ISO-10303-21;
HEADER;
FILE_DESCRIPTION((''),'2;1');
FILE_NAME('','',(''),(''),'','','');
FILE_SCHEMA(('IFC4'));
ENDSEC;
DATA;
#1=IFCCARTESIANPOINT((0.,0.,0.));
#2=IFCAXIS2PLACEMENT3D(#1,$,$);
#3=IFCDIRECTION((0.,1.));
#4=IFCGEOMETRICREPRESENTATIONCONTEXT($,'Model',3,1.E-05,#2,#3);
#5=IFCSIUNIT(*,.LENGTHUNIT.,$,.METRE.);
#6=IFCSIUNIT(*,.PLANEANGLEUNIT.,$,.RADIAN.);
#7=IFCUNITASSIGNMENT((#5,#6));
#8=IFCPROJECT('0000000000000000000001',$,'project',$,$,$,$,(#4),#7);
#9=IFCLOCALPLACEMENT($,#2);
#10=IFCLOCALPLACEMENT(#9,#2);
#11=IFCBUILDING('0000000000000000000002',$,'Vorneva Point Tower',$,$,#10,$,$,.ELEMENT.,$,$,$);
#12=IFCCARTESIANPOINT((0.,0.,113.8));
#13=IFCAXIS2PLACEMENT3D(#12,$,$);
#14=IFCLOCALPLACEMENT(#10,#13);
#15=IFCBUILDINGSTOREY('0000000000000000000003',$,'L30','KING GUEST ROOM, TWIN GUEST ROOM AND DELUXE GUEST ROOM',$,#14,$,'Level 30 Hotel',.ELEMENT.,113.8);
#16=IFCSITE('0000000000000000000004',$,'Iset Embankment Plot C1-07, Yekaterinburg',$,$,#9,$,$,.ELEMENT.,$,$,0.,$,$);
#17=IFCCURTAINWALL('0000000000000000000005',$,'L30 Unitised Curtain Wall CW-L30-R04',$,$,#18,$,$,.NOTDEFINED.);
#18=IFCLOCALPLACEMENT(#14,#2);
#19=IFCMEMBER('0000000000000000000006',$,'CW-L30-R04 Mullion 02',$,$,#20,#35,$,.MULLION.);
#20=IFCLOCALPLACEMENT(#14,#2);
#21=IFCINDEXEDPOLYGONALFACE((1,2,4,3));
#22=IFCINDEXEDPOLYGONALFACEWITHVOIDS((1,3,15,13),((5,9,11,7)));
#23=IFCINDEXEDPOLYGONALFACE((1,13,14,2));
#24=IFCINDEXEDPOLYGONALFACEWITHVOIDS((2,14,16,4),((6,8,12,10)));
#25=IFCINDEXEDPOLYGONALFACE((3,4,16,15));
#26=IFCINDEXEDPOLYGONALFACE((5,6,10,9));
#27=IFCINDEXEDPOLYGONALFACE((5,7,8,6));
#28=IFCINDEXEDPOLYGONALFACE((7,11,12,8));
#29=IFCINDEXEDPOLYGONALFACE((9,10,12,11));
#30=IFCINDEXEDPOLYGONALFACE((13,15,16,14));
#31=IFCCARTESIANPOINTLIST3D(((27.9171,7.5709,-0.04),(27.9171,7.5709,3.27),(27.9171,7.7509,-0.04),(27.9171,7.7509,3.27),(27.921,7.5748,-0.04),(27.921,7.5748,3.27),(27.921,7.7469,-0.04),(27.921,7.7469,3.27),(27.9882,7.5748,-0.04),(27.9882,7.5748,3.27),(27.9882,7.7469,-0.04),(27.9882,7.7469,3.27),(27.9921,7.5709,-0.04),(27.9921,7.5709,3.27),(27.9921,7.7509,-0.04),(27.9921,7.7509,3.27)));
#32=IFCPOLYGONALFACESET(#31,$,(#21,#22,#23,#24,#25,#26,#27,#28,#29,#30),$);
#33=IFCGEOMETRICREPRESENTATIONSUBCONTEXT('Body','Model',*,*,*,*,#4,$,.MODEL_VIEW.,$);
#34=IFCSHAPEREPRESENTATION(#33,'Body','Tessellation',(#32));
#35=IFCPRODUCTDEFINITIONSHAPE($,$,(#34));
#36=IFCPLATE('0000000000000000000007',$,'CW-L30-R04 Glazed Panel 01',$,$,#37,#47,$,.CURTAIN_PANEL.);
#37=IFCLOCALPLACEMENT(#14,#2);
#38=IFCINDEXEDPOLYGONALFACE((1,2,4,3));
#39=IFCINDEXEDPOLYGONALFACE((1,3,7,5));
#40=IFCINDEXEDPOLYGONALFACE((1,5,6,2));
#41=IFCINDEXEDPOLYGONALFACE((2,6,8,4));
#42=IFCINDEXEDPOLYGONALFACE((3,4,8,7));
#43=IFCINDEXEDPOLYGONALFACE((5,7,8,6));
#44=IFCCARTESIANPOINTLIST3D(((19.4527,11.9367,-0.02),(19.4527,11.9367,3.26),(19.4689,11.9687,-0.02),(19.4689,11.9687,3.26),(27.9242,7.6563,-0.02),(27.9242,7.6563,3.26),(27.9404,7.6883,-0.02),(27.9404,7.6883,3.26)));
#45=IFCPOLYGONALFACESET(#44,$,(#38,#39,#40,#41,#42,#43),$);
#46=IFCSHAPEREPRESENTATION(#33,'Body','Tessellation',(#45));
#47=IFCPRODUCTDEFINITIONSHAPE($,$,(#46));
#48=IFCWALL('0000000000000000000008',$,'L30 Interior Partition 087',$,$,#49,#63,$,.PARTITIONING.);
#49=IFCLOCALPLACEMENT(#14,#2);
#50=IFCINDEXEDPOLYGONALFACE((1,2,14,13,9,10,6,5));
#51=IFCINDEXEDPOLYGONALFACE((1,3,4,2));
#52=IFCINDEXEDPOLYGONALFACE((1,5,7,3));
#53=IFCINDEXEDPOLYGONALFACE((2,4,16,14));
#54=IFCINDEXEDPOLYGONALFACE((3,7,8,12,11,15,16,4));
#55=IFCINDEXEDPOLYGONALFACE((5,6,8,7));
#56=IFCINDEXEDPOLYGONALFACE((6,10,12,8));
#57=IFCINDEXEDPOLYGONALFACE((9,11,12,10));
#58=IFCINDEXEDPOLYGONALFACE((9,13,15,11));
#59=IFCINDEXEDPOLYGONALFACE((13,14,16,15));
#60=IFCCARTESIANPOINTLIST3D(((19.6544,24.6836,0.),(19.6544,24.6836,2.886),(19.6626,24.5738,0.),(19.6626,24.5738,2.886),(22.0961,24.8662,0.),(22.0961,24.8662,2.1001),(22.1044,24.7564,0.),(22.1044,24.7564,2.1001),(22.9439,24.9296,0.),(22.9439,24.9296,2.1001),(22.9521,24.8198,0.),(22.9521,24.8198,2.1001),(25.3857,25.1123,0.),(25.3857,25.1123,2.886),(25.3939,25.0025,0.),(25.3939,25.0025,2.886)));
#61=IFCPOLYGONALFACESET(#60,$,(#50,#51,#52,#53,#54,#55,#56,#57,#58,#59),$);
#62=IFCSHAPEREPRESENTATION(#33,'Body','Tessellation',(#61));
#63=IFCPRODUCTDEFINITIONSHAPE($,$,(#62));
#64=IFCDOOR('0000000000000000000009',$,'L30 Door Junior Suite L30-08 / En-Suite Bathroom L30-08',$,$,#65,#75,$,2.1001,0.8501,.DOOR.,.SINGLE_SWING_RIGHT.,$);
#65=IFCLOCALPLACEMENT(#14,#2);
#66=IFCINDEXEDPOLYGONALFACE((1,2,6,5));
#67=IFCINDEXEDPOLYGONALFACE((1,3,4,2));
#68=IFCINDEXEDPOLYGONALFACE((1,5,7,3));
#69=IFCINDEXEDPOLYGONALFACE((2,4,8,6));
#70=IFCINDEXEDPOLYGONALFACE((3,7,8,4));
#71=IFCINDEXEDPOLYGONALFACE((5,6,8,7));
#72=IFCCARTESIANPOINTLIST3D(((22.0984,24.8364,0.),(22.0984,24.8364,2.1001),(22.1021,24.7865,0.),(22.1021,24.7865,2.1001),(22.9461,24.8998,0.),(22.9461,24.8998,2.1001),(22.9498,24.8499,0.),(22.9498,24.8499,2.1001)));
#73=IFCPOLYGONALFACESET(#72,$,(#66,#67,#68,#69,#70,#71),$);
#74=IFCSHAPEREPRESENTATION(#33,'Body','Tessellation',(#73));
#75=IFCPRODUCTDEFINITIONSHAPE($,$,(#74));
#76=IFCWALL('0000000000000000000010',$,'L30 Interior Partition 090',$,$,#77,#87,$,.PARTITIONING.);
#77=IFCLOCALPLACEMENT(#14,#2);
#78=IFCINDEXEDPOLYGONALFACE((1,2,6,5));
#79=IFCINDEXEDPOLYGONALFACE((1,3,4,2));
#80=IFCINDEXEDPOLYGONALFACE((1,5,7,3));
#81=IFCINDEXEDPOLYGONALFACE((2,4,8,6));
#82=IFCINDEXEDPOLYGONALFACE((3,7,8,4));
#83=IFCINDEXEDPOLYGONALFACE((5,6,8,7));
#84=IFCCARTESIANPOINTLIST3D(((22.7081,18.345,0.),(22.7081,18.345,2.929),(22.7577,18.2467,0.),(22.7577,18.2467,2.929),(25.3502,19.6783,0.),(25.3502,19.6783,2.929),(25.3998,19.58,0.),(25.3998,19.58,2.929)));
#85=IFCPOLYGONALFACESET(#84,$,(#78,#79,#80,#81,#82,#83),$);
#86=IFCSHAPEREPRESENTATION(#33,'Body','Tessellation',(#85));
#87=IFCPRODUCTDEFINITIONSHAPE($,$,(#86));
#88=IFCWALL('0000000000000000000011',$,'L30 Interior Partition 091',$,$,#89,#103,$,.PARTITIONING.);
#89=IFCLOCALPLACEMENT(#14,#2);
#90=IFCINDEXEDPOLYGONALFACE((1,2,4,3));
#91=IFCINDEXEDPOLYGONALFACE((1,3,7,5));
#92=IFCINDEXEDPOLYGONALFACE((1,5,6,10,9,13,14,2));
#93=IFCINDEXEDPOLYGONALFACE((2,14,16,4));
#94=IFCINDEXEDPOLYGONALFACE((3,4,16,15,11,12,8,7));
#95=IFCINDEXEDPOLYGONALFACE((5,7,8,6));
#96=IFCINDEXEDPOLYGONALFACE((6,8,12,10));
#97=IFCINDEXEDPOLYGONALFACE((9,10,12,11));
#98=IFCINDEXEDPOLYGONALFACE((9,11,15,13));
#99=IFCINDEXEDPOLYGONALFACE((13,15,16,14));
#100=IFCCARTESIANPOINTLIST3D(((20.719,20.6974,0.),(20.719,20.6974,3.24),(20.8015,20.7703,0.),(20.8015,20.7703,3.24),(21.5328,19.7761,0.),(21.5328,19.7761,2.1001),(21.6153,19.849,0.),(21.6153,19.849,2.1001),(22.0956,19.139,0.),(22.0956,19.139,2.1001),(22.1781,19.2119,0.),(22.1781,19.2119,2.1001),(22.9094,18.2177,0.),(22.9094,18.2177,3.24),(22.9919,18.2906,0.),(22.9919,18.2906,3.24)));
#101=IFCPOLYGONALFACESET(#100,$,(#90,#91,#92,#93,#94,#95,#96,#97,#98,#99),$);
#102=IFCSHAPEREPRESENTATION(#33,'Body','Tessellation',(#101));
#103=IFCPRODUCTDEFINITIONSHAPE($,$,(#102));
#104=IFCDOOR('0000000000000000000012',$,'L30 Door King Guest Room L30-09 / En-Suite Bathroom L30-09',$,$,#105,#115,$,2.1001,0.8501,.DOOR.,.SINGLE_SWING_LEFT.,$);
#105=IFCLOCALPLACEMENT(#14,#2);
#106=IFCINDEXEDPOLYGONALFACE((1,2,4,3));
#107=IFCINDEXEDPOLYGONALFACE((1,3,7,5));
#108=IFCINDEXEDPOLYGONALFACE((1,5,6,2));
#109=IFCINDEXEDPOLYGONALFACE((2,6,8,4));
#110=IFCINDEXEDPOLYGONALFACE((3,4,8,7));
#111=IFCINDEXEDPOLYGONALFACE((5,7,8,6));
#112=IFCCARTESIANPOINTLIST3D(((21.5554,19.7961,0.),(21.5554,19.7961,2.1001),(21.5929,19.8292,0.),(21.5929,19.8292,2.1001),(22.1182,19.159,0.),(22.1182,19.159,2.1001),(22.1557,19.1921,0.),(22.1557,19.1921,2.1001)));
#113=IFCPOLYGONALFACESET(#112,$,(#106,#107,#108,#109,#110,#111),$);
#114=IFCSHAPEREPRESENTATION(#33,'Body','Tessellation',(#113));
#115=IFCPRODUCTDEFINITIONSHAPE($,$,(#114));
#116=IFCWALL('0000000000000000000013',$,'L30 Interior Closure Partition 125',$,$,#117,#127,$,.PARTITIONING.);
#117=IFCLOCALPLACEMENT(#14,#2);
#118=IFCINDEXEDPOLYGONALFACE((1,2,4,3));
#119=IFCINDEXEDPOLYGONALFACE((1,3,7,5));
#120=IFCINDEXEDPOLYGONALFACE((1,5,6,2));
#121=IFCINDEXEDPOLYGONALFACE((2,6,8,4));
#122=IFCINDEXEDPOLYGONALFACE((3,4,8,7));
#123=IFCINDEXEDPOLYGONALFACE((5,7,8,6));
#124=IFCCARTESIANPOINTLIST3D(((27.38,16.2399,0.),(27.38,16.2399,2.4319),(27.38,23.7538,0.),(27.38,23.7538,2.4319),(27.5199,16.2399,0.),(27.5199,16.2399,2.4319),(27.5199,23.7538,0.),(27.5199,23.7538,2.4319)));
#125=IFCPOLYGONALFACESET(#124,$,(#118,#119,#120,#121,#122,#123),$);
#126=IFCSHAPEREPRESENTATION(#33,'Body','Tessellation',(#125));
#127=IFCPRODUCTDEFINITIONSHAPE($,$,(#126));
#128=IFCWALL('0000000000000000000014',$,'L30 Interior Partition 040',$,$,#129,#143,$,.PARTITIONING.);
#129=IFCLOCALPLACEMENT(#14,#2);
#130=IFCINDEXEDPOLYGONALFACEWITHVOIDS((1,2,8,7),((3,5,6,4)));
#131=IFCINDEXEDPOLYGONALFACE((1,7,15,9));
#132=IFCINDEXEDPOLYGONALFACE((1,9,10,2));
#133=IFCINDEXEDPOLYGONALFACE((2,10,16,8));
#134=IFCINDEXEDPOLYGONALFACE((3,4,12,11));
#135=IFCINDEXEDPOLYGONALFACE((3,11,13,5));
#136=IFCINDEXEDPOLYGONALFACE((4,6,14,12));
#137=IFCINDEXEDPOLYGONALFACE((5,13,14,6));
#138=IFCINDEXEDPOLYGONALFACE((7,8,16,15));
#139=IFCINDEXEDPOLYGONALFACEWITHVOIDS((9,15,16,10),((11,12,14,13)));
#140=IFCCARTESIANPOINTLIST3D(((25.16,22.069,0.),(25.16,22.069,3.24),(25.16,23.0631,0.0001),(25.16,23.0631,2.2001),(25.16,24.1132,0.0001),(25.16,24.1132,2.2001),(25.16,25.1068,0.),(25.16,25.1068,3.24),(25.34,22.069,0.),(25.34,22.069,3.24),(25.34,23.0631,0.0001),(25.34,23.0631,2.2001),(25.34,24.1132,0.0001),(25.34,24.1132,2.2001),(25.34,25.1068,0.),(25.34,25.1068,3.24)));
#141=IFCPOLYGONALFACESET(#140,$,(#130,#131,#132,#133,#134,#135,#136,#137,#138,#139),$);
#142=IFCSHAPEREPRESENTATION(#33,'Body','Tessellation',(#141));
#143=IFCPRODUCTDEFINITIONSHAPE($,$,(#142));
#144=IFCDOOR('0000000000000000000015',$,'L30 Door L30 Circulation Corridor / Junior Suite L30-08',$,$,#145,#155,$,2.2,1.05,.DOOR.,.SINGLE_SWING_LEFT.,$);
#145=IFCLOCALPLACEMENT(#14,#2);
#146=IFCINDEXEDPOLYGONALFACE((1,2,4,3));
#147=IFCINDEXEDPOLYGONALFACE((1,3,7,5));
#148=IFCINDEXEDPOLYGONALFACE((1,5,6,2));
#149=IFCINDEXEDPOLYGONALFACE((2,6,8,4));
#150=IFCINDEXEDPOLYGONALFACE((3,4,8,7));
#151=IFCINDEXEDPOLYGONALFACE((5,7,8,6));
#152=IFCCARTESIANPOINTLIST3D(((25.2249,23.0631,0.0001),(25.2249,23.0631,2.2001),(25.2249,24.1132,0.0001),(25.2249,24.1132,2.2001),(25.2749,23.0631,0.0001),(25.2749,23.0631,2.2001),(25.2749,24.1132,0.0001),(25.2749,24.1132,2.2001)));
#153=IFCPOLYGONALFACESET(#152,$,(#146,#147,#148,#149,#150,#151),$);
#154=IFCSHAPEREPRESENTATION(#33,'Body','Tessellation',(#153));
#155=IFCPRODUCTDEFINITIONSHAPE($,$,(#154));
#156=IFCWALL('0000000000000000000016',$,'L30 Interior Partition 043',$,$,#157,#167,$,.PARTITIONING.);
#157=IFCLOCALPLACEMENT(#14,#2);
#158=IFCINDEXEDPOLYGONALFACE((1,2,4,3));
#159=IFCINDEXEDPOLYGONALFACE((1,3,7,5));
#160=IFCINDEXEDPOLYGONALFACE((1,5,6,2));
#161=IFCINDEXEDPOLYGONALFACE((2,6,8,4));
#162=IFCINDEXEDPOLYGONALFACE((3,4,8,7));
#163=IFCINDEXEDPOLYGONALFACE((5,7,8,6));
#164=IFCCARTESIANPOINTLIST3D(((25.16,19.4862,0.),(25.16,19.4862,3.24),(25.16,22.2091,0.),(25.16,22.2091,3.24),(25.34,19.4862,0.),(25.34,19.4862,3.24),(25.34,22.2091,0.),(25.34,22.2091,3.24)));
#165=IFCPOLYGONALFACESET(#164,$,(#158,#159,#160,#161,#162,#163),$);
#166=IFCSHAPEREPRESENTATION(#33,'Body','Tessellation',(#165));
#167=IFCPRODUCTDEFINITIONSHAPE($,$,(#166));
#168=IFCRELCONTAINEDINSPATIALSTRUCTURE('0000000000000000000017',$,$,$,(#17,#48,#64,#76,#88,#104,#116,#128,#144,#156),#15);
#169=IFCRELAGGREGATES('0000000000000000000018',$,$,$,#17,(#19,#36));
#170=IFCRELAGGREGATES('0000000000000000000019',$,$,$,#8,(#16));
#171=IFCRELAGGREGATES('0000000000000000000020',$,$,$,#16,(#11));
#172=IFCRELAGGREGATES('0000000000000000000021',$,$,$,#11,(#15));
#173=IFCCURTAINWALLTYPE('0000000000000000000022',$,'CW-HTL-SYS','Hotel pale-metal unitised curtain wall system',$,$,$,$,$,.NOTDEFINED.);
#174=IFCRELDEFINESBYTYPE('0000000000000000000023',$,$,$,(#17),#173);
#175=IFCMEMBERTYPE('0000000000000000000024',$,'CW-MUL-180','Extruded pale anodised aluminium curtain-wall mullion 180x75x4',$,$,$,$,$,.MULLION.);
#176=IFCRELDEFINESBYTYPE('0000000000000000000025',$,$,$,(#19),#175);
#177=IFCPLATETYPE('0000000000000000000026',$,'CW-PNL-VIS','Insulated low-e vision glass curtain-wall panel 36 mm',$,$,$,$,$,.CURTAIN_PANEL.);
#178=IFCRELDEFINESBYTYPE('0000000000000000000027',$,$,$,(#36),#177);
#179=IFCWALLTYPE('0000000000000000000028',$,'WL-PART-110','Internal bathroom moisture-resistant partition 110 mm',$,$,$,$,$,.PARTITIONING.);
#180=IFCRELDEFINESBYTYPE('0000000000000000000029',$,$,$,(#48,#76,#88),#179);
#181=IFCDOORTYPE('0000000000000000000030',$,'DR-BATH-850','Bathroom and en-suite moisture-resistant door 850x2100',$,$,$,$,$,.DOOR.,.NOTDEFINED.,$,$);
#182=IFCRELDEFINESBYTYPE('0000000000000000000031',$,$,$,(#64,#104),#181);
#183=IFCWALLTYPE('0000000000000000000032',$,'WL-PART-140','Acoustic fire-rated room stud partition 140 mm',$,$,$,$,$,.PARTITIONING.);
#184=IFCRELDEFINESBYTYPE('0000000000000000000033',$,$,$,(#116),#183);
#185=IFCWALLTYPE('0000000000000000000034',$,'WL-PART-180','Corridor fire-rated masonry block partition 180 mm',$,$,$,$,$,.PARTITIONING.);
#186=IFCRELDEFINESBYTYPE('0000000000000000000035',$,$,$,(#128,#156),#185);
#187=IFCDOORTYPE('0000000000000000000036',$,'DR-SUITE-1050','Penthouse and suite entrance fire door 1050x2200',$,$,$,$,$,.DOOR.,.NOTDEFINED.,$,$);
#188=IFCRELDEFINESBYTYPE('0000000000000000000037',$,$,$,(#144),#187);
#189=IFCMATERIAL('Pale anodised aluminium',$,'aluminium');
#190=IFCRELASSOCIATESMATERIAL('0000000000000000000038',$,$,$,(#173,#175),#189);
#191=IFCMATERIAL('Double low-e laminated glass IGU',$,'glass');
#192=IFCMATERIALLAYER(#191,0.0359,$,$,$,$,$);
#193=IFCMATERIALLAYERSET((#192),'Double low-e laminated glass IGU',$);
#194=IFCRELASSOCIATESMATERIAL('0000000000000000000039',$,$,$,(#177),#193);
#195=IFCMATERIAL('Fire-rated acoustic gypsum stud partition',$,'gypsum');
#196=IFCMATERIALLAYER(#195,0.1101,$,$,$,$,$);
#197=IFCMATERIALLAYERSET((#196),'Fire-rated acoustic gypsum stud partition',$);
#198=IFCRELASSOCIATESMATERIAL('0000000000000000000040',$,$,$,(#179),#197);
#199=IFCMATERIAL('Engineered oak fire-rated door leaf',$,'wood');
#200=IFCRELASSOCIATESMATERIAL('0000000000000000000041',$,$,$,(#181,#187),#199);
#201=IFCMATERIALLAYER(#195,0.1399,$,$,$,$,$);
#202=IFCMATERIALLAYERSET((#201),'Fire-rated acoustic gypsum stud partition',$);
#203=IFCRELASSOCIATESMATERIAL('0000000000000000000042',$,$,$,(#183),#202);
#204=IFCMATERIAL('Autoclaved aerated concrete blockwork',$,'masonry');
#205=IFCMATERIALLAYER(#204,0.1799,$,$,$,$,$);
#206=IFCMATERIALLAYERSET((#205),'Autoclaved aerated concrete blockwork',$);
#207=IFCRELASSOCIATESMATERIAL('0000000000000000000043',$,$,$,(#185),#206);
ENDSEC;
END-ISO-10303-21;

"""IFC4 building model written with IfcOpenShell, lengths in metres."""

from ifc_helpers import new_model, si_unit, direction, frame, frame_2d, origin, origin_2d, place, context, subcontext, project, spatial, rectangle, hollow_rectangle, extrude, material, layer, layer_set, material_profile, profile_set, type_object, element, fill, aggregate, save


model = new_model("IFC4")

# Units and contexts
model_context = context("Model", 3, precision=1e-05, world=origin(), true_north=direction((0.0, 1.0)))
body_context = subcontext(model_context, "Body", "Model", "MODEL_VIEW")
ifc_project = project(units=[si_unit("LENGTHUNIT", "METRE"), si_unit("PLANEANGLEUNIT", "RADIAN")], contexts=[model_context])

# Site, building, storey
site_placement = place(None, origin())
site = spatial("IfcSite", under=ifc_project, at=site_placement, Name="Iset Embankment Plot C1-07, Yekaterinburg", CompositionType="ELEMENT", RefElevation=0.0)
building_placement = place(site_placement, origin())
building = spatial("IfcBuilding", under=site, at=building_placement, Name="Vorneva Point Tower", CompositionType="ELEMENT")
storey_placement = place(building_placement, frame((0.0, 0.0, 113.8)))
storey = spatial("IfcBuildingStorey", under=building, at=storey_placement, Name="L30", Description="KING GUEST ROOM, TWIN GUEST ROOM AND DELUXE GUEST ROOM", LongName="Level 30 Hotel", CompositionType="ELEMENT", Elevation=113.8)

# Curtain wall, member, plate
ifc_material_1 = material(Name="Pale anodised aluminium", Category="aluminium")
curtain_wall_type = type_object("IfcCurtainWallType", Name="CW-HTL-SYS", Description="Hotel pale-metal unitised curtain wall system", PredefinedType="NOTDEFINED", material=ifc_material_1)
curtain_wall_placement = place(storey_placement, origin())
curtain_wall = element("IfcCurtainWall", 1, at=curtain_wall_placement, inside=storey, type_object=curtain_wall_type, Name="L30 Unitised Curtain Wall CW-L30-R04", PredefinedType="NOTDEFINED")
ifc_material_profile_1 = material_profile(ifc_material_1, hollow_rectangle(XDim=0.075, YDim=0.1799, WallThickness=0.0039, at=origin_2d()), Name="AL-MUL 180x75x4")
ifc_profile_set_1 = profile_set([ifc_material_profile_1], Name="Pale anodised aluminium")
member_type = type_object("IfcMemberType", Name="CW-MUL-180", Description="Extruded pale anodised aluminium curtain-wall mullion 180x75x4", PredefinedType="MULLION", material=ifc_profile_set_1)
member_placement = place(storey_placement, frame((27.9546, 7.6609, -0.04), z_axis=(0.0, 0.0, 1.0), x_axis=(1.0, 0.0, 0.0)))
member = element("IfcMember", 2, at=member_placement, type_object=member_type, Name="CW-L30-R04 Mullion 02", PredefinedType="MULLION", context=body_context, shape_type="SweptSolid", body=[
    extrude(hollow_rectangle(XDim=0.075, YDim=0.1799, WallThickness=0.0039, at=origin_2d()), origin(), (0.0, 0.0, 1.0), 3.3101),
])
ifc_material_2 = material(Name="Double low-e laminated glass IGU", Category="glass")
ifc_layer_1 = layer(ifc_material_2, 0.0359)
ifc_layer_set_1 = layer_set([ifc_layer_1], Name="Double low-e laminated glass IGU")
plate_type = type_object("IfcPlateType", Name="CW-PNL-VIS", Description="Insulated low-e vision glass curtain-wall panel 36 mm", PredefinedType="CURTAIN_PANEL", material=ifc_layer_set_1)
plate_placement = place(storey_placement, frame((23.6965, 9.8125, -0.02), z_axis=(0.0, 0.0, 1.0), x_axis=(0.892539, -0.450971, 0.0)))
plate = element("IfcPlate", 3, at=plate_placement, type_object=plate_type, Name="CW-L30-R04 Glazed Panel 01", PredefinedType="CURTAIN_PANEL", context=body_context, shape_type="SweptSolid", body=[
    extrude(rectangle(XDim=9.4915, YDim=0.0359, at=origin_2d()), origin(), (0.0, 0.0, 1.0), 3.28),
])
aggregate(curtain_wall, [member, plate])

# Wall, opening, door
ifc_material_3 = material(Name="Fire-rated acoustic gypsum stud partition", Category="gypsum")
ifc_layer_2 = layer(ifc_material_3, 0.1101)
ifc_layer_set_2 = layer_set([ifc_layer_2], Name="Fire-rated acoustic gypsum stud partition")
wall_type_1 = type_object("IfcWallType", Name="WL-PART-110", Description="Internal bathroom moisture-resistant partition 110 mm", PredefinedType="PARTITIONING", material=ifc_layer_set_2)
wall_1_placement = place(storey_placement, frame((25.3896, 25.0574, 0.0), z_axis=(0.0, 0.0, 1.0), x_axis=(-0.997214, -0.074595, 0.0)))
wall_1 = element("IfcWall", 4, at=wall_1_placement, inside=storey, type_object=wall_type_1, Name="L30 Interior Partition 087", PredefinedType="PARTITIONING", context=body_context, shape_type="SweptSolid", body=[
    extrude(rectangle(XDim=5.7473, YDim=0.1101, at=frame_2d((2.8735, 0.0))), origin(), (0.0, 0.0, 1.0), 2.886),
])
opening_1_placement = place(wall_1_placement, frame((2.4485, 0.0, 0.0)))
opening_1 = element("IfcOpeningElement", 5, at=opening_1_placement, cuts=wall_1, PredefinedType="OPENING", context=body_context, shape_type="SweptSolid", body=[
    extrude(rectangle(XDim=0.8501, YDim=2.1001, at=frame_2d((0.425, 1.05))), frame((0.0, 0.0698, 0.0), z_axis=(0.0, -1.0, 0.0), x_axis=(1.0, 0.0, 0.0)), (0.0, 0.0, 1.0), 0.1399),
])
ifc_material_4 = material(Name="Engineered oak fire-rated door leaf", Category="wood")
door_type_1 = type_object("IfcDoorType", Name="DR-BATH-850", Description="Bathroom and en-suite moisture-resistant door 850x2100", OperationType="NOTDEFINED", PredefinedType="DOOR", material=ifc_material_4)
door_1_placement = place(opening_1_placement, origin())
door_1 = element("IfcDoor", 6, at=door_1_placement, inside=storey, type_object=door_type_1, Name="L30 Door Junior Suite L30-08 / En-Suite Bathroom L30-08", OperationType="SINGLE_SWING_RIGHT", OverallHeight=2.1001, OverallWidth=0.8501, PredefinedType="DOOR", context=body_context, shape_type="SweptSolid", body=[
    extrude(rectangle(XDim=0.8501, YDim=2.1001, at=frame_2d((0.425, 1.05))), frame((0.0, 0.0249, 0.0), z_axis=(0.0, -1.0, 0.0), x_axis=(1.0, 0.0, 0.0)), (0.0, 0.0, 1.0), 0.05),
])
fill(opening_1, door_1)

# Wall
wall_2_placement = place(storey_placement, frame((25.375, 19.6292, 0.0), z_axis=(0.0, 0.0, 1.0), x_axis=(-0.892771, -0.45051, 0.0)))
element("IfcWall", 7, at=wall_2_placement, inside=storey, type_object=wall_type_1, Name="L30 Interior Partition 090", PredefinedType="PARTITIONING", context=body_context, shape_type="SweptSolid", body=[
    extrude(rectangle(XDim=2.9595, YDim=0.1101, at=frame_2d((1.4797, 0.0))), origin(), (0.0, 0.0, 1.0), 2.929),
])

# Wall, opening, door
wall_3_placement = place(storey_placement, frame((22.9507, 18.2542, 0.0), z_axis=(0.0, 0.0, 1.0), x_axis=(-0.662034, 0.749474, 0.0)))
wall_3 = element("IfcWall", 8, at=wall_3_placement, inside=storey, type_object=wall_type_1, Name="L30 Interior Partition 091", PredefinedType="PARTITIONING", context=body_context, shape_type="SweptSolid", body=[
    extrude(rectangle(XDim=3.3086, YDim=0.1101, at=frame_2d((1.6543, 0.0))), origin(), (0.0, 0.0, 1.0), 3.24),
])
opening_2_placement = place(wall_3_placement, frame((1.2292, 0.0, 0.0)))
opening_2 = element("IfcOpeningElement", 9, at=opening_2_placement, cuts=wall_3, PredefinedType="OPENING", context=body_context, shape_type="SweptSolid", body=[
    extrude(rectangle(XDim=0.8501, YDim=2.1001, at=frame_2d((0.425, 1.05))), frame((0.0, 0.0698, 0.0), z_axis=(0.0, -1.0, 0.0), x_axis=(1.0, 0.0, 0.0)), (0.0, 0.0, 1.0), 0.1399),
])
door_2_placement = place(opening_2_placement, origin())
door_2 = element("IfcDoor", 10, at=door_2_placement, inside=storey, type_object=door_type_1, Name="L30 Door King Guest Room L30-09 / En-Suite Bathroom L30-09", OperationType="SINGLE_SWING_LEFT", OverallHeight=2.1001, OverallWidth=0.8501, PredefinedType="DOOR", context=body_context, shape_type="SweptSolid", body=[
    extrude(rectangle(XDim=0.8501, YDim=2.1001, at=frame_2d((0.425, 1.05))), frame((0.0, 0.0249, 0.0), z_axis=(0.0, -1.0, 0.0), x_axis=(1.0, 0.0, 0.0)), (0.0, 0.0, 1.0), 0.05),
])
fill(opening_2, door_2)

# Wall
ifc_layer_3 = layer(ifc_material_3, 0.1399)
ifc_layer_set_3 = layer_set([ifc_layer_3], Name="Fire-rated acoustic gypsum stud partition")
wall_type_2 = type_object("IfcWallType", Name="WL-PART-140", Description="Acoustic fire-rated room stud partition 140 mm", PredefinedType="PARTITIONING", material=ifc_layer_set_3)
wall_4_placement = place(storey_placement, frame((27.45, 16.24, 0.0), z_axis=(0.0, 0.0, 1.0), x_axis=(0.0, 1.0, 0.0)))
element("IfcWall", 11, at=wall_4_placement, inside=storey, type_object=wall_type_2, Name="L30 Interior Closure Partition 125", PredefinedType="PARTITIONING", context=body_context, shape_type="SweptSolid", body=[
    extrude(rectangle(XDim=7.5139, YDim=0.1399, at=frame_2d((3.7568, 0.0))), origin(), (0.0, 0.0, 1.0), 2.4319),
])

# Wall, opening, door
ifc_material_5 = material(Name="Autoclaved aerated concrete blockwork", Category="masonry")
ifc_layer_4 = layer(ifc_material_5, 0.1799)
ifc_layer_set_4 = layer_set([ifc_layer_4], Name="Autoclaved aerated concrete blockwork")
wall_type_3 = type_object("IfcWallType", Name="WL-PART-180", Description="Corridor fire-rated masonry block partition 180 mm", PredefinedType="PARTITIONING", material=ifc_layer_set_4)
wall_5_placement = place(storey_placement, frame((25.25, 25.1069, 0.0), z_axis=(0.0, 0.0, 1.0), x_axis=(0.0, -1.0, 0.0)))
wall_5 = element("IfcWall", 12, at=wall_5_placement, inside=storey, type_object=wall_type_3, Name="L30 Interior Partition 040", PredefinedType="PARTITIONING", context=body_context, shape_type="SweptSolid", body=[
    extrude(rectangle(XDim=3.0378, YDim=0.1799, at=frame_2d((1.519, 0.0))), origin(), (0.0, 0.0, 1.0), 3.24),
])
opening_3_placement = place(wall_5_placement, frame((0.9939, 0.0, 0.0)))
opening_3 = element("IfcOpeningElement", 13, at=opening_3_placement, cuts=wall_5, PredefinedType="OPENING", context=body_context, shape_type="SweptSolid", body=[
    extrude(rectangle(XDim=1.05, YDim=2.2, at=frame_2d((0.5249, 1.1001))), frame((0.0, 0.105, 0.0), z_axis=(0.0, -1.0, 0.0), x_axis=(1.0, 0.0, 0.0)), (0.0, 0.0, 1.0), 0.2097),
])
door_type_2 = type_object("IfcDoorType", Name="DR-SUITE-1050", Description="Penthouse and suite entrance fire door 1050x2200", OperationType="NOTDEFINED", PredefinedType="DOOR", material=ifc_material_4)
door_3_placement = place(opening_3_placement, origin())
door_3 = element("IfcDoor", 14, at=door_3_placement, inside=storey, type_object=door_type_2, Name="L30 Door L30 Circulation Corridor / Junior Suite L30-08", OperationType="SINGLE_SWING_LEFT", OverallHeight=2.2, OverallWidth=1.05, PredefinedType="DOOR", context=body_context, shape_type="SweptSolid", body=[
    extrude(rectangle(XDim=1.05, YDim=2.2, at=frame_2d((0.5249, 1.1001))), frame((0.0, 0.0249, 0.0), z_axis=(0.0, -1.0, 0.0), x_axis=(1.0, 0.0, 0.0)), (0.0, 0.0, 1.0), 0.05),
])
fill(opening_3, door_3)

# Wall
wall_6_placement = place(storey_placement, frame((25.25, 22.209, 0.0), z_axis=(0.0, 0.0, 1.0), x_axis=(0.0, -1.0, 0.0)))
element("IfcWall", 15, at=wall_6_placement, inside=storey, type_object=wall_type_3, Name="L30 Interior Partition 043", PredefinedType="PARTITIONING", context=body_context, shape_type="SweptSolid", body=[
    extrude(rectangle(XDim=2.7229, YDim=0.1799, at=frame_2d((1.3613, 0.0))), origin(), (0.0, 0.0, 1.0), 3.24),
])

save(model, "model.ifc")
